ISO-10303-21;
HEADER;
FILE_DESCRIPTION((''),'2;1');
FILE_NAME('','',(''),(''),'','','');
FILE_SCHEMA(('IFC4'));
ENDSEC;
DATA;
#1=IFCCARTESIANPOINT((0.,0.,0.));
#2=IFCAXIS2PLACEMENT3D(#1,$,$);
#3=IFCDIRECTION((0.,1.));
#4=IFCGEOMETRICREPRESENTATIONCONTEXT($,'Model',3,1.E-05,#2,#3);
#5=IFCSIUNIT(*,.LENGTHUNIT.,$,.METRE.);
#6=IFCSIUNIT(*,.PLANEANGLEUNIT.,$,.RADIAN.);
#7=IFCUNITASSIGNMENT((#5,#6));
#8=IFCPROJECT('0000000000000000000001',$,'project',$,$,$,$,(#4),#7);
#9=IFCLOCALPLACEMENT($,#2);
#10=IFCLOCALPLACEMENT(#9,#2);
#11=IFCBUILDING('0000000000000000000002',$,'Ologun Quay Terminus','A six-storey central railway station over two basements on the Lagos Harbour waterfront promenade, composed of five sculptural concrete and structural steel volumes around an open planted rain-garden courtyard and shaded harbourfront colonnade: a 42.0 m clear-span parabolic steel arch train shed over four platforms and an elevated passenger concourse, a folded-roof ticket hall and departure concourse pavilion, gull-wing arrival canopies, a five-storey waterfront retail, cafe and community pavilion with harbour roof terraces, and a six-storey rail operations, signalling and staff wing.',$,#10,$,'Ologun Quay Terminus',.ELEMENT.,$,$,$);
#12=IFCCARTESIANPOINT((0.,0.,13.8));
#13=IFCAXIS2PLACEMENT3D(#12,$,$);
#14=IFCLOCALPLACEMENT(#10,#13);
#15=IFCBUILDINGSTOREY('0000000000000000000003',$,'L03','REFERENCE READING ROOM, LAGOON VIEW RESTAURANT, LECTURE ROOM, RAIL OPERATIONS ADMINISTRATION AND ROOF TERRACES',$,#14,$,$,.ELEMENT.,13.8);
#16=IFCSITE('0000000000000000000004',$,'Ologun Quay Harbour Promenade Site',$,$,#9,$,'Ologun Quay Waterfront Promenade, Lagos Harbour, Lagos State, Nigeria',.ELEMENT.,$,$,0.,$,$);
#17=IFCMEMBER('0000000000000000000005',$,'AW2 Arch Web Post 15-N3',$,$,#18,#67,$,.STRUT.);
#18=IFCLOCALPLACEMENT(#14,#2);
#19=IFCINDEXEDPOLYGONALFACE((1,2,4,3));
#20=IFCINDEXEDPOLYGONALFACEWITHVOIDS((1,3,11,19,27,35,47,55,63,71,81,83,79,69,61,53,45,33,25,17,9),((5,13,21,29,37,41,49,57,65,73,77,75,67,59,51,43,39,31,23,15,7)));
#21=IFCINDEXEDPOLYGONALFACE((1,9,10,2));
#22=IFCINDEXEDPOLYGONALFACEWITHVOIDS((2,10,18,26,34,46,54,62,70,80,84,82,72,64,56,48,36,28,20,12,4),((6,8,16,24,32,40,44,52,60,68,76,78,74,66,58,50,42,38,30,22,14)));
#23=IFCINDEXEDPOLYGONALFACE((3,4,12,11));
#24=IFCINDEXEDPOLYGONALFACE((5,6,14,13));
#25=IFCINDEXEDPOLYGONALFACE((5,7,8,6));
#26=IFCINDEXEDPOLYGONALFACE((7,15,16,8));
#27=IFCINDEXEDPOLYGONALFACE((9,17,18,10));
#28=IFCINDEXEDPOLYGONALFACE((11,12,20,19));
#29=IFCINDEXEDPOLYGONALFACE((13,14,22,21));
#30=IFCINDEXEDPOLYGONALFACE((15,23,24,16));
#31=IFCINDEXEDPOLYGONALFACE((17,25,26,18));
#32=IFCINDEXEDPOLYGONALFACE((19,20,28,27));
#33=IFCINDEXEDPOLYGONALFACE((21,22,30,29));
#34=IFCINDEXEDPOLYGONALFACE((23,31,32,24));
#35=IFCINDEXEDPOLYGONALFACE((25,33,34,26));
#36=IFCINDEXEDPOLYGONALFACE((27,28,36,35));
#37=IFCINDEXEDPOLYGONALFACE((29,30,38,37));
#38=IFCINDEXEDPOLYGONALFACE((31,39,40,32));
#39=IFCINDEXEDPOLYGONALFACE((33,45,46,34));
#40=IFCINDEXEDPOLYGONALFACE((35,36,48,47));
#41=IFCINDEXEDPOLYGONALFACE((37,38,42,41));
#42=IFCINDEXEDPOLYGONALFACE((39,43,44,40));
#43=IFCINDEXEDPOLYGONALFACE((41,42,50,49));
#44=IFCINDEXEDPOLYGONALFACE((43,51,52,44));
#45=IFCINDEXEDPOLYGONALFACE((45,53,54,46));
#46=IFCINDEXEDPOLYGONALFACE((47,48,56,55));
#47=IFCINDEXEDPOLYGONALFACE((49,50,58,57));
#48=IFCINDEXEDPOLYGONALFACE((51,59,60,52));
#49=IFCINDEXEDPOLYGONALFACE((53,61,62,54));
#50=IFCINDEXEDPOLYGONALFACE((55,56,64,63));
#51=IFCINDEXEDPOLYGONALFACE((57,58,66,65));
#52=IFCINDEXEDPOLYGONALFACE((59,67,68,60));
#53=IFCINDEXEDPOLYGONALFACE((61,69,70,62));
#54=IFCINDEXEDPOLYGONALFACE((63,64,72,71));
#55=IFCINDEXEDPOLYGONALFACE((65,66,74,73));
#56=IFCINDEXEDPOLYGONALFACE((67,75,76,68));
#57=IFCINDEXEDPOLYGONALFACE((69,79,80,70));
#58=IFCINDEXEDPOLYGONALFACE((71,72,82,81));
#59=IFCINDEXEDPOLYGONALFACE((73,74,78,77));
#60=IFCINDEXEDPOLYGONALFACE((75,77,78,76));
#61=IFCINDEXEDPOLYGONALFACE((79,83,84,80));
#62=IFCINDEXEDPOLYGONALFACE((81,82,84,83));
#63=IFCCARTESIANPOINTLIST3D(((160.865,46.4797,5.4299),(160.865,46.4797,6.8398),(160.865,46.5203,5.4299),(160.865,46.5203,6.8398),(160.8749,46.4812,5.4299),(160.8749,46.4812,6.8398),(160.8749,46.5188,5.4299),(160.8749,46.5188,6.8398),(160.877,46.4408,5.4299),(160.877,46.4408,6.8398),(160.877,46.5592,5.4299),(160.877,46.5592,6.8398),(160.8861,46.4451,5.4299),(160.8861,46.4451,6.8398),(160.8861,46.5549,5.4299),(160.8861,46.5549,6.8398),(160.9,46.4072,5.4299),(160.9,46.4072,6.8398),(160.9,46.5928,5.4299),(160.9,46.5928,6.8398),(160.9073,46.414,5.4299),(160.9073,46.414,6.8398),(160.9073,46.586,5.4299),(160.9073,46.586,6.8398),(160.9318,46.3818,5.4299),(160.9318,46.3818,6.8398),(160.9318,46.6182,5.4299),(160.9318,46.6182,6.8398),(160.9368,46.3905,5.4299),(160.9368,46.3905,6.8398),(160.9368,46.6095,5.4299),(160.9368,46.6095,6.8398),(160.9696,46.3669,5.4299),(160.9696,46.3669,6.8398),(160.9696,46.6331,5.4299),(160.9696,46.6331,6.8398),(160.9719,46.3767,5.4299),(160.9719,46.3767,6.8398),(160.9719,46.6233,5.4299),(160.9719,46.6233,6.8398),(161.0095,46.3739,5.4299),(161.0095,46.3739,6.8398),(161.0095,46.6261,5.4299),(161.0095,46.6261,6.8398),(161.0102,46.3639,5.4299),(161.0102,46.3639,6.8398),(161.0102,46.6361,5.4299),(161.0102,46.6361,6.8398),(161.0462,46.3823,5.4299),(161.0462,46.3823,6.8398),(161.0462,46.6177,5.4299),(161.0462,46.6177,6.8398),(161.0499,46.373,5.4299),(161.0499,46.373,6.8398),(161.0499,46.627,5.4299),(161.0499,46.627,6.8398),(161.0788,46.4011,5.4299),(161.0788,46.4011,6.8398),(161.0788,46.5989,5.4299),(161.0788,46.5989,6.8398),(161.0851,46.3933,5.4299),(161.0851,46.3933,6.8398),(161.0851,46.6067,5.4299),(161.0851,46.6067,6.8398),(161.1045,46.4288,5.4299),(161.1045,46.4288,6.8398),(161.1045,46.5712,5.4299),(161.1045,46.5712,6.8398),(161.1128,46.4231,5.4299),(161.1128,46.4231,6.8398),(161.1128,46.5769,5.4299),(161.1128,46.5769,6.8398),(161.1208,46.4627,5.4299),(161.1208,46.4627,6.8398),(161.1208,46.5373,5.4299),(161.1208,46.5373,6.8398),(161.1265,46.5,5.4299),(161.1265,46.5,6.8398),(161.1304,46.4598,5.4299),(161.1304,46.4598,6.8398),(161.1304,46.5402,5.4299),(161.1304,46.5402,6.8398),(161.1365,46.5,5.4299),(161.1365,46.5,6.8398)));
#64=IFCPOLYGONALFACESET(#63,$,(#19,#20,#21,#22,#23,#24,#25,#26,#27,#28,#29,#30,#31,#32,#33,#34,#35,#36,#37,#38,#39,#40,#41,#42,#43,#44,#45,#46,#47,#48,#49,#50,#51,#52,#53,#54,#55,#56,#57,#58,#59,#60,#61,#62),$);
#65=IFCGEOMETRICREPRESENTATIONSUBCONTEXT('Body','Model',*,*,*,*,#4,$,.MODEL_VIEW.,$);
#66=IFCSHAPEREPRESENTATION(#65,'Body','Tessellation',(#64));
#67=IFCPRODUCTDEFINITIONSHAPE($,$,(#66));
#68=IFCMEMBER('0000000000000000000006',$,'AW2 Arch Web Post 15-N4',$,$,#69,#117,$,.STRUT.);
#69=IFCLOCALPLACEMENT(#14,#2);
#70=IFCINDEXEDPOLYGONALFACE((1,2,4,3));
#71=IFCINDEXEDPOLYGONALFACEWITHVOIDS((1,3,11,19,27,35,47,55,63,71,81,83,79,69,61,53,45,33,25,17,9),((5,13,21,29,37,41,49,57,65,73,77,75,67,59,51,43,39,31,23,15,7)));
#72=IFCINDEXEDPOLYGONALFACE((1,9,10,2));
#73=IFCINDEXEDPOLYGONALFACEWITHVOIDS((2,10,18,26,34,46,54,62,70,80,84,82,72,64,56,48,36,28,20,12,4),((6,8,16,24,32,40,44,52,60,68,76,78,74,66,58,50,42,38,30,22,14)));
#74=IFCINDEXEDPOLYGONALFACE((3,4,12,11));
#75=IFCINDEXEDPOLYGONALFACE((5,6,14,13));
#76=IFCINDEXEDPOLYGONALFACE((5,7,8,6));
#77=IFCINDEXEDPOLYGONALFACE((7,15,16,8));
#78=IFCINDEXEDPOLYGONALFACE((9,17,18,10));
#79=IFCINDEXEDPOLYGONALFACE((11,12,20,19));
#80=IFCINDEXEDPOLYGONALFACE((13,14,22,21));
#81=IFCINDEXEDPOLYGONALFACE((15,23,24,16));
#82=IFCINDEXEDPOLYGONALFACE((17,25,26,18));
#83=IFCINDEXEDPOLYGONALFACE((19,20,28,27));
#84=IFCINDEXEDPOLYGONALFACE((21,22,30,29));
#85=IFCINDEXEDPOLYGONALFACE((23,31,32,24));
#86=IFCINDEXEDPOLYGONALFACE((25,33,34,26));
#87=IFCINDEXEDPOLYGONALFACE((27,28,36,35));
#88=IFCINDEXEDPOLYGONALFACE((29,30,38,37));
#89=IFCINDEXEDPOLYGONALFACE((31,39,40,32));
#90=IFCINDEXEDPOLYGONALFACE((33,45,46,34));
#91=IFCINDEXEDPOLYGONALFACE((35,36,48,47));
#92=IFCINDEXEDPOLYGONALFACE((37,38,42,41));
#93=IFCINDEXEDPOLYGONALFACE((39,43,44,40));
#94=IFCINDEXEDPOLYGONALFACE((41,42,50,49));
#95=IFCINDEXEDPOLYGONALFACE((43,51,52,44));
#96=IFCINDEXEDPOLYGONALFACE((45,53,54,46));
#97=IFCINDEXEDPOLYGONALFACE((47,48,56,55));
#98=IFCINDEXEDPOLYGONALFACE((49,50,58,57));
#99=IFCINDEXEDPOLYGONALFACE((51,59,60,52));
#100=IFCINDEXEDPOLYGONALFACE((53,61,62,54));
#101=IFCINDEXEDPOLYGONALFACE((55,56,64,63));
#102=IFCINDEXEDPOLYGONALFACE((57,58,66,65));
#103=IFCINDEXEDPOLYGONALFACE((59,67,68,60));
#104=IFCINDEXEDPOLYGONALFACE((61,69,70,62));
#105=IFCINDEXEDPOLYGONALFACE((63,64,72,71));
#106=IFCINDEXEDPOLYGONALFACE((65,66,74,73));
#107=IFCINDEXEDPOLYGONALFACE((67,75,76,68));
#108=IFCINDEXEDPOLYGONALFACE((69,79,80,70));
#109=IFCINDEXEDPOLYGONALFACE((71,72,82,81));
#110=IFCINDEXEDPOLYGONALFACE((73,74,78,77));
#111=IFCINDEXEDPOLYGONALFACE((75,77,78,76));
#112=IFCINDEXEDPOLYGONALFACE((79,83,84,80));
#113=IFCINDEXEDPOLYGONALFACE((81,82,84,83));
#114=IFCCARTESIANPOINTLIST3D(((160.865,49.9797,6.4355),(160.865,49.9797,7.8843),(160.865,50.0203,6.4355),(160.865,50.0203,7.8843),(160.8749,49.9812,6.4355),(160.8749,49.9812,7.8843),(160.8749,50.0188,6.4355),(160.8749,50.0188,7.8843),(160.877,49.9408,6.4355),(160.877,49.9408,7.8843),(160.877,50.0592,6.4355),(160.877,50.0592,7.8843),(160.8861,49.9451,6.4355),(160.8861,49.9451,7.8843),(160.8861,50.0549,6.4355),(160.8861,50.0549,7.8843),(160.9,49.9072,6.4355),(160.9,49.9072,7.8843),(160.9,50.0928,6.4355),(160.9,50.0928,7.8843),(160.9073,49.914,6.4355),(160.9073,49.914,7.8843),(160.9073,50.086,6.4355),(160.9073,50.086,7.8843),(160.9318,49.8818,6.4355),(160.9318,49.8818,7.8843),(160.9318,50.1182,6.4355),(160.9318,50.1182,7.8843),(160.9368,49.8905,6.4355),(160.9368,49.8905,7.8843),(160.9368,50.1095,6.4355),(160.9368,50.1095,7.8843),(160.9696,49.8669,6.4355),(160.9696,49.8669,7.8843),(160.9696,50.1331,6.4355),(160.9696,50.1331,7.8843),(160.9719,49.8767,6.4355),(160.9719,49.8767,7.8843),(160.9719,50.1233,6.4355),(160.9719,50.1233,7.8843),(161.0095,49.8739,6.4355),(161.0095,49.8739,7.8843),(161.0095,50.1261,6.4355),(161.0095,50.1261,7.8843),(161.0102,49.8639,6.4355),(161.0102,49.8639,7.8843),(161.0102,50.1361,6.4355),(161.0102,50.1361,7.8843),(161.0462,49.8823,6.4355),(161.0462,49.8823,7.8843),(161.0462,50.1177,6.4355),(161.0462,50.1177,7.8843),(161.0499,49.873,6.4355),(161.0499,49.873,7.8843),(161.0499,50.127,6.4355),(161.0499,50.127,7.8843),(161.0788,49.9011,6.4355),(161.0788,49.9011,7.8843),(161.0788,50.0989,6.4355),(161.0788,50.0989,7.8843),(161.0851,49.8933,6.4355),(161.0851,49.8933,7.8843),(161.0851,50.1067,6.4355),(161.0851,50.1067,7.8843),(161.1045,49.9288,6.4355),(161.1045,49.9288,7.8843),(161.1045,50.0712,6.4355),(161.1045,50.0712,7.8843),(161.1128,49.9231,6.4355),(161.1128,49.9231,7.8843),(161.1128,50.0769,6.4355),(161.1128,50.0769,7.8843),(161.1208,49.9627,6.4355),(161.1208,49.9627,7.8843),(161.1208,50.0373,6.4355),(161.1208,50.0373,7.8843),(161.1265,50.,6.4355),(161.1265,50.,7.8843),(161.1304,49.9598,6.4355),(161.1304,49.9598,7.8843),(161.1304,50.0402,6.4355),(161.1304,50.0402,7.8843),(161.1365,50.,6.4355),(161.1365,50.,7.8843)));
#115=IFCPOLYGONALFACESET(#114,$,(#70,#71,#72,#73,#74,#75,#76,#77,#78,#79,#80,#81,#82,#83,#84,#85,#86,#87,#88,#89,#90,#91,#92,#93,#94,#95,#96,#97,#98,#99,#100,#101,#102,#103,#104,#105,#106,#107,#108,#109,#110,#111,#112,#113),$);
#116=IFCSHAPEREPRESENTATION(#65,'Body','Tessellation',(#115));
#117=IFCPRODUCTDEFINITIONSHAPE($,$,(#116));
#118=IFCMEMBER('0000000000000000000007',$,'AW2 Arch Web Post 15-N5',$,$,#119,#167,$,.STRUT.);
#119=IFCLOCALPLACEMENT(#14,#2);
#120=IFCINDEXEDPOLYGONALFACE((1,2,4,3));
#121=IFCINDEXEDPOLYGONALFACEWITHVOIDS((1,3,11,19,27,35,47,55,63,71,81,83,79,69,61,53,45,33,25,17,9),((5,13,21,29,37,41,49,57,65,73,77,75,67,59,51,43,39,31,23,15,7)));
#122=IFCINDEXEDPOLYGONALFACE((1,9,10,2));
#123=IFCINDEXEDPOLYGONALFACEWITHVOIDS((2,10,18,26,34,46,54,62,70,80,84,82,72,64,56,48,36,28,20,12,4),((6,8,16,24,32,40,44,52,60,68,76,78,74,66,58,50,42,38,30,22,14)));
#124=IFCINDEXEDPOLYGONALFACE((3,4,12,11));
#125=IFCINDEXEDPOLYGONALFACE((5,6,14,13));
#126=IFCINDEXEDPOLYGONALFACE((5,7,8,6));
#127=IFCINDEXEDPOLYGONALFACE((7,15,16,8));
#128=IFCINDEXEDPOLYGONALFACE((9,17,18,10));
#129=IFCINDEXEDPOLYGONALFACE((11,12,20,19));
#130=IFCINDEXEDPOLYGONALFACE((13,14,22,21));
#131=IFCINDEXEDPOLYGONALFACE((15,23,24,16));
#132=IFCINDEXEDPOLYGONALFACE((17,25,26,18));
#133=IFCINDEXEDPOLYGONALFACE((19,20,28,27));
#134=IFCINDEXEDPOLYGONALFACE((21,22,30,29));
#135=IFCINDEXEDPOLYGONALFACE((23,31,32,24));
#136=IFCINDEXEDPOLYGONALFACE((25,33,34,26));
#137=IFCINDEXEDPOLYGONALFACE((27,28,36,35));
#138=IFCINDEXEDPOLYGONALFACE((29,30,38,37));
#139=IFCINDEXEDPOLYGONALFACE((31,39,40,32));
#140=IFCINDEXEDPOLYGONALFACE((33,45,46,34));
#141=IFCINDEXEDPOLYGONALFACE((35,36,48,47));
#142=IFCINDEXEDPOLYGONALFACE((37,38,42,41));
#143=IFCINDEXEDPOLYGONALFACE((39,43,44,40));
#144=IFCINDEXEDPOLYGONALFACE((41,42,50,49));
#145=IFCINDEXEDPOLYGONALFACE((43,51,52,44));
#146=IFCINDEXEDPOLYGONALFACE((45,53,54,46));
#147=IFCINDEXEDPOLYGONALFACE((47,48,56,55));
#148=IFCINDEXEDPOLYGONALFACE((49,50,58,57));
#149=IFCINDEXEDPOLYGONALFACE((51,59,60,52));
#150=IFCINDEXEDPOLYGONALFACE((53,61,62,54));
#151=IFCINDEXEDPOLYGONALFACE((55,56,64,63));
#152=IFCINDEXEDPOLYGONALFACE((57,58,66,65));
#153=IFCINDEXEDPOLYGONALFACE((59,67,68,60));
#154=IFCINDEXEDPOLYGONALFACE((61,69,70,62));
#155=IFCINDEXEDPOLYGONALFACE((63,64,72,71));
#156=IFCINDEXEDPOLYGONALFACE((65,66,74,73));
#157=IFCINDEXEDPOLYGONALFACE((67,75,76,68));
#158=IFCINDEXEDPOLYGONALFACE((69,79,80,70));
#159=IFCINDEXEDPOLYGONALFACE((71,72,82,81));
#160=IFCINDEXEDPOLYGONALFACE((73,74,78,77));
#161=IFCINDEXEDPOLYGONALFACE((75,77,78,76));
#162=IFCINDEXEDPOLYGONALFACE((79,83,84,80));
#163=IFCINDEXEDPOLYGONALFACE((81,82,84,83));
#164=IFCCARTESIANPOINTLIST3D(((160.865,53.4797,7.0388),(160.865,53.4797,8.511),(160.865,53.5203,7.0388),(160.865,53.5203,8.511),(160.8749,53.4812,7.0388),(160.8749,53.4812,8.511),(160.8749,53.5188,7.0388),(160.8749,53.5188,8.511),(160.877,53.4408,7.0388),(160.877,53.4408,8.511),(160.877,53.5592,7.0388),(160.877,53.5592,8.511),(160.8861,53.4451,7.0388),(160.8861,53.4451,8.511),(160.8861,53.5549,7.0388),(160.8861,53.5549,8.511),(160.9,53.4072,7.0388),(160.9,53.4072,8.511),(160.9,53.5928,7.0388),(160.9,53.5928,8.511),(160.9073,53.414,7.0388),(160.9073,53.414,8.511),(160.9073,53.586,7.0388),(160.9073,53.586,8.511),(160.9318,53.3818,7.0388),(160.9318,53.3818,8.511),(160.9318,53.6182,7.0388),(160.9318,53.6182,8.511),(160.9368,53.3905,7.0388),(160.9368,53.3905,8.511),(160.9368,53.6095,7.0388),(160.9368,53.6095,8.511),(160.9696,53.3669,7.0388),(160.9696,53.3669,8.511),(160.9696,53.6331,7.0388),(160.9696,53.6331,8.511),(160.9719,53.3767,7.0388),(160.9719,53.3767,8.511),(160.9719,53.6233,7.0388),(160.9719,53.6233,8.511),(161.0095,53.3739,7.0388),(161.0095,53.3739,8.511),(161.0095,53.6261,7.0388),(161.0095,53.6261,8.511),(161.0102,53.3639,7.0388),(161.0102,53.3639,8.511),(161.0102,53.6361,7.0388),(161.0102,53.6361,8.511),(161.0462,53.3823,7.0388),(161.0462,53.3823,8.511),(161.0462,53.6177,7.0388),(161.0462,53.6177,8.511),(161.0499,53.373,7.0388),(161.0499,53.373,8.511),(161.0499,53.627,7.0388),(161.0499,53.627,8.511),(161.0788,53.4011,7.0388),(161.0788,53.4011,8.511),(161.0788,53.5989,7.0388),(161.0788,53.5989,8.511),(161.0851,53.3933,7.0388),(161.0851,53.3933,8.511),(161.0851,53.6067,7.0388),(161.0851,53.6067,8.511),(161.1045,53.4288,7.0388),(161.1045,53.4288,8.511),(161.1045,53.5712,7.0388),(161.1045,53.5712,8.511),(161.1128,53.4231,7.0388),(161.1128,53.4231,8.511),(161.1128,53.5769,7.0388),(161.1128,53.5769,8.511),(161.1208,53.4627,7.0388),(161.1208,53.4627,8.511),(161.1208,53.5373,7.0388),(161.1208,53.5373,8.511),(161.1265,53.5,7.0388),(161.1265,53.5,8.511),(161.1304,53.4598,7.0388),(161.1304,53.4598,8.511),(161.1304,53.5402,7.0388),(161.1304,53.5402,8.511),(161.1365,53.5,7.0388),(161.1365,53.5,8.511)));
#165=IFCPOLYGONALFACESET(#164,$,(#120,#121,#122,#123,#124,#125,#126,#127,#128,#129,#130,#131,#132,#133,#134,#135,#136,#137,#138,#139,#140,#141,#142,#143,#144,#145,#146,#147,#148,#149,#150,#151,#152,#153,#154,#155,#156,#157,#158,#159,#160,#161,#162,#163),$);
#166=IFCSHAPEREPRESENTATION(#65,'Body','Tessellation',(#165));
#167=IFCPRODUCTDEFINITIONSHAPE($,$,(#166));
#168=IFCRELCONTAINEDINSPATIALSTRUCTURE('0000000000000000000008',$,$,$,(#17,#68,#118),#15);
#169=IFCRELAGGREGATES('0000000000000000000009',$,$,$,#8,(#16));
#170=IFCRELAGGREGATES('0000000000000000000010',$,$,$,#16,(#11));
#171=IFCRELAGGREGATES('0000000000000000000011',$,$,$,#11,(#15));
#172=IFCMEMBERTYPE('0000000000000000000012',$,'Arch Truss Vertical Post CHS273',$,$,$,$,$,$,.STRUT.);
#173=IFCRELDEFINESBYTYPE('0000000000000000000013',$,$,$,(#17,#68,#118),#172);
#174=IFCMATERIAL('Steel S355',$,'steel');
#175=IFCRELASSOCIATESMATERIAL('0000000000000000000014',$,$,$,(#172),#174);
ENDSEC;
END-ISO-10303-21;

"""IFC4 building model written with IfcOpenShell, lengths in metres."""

from ifc_helpers import new_model, si_unit, direction, frame, origin, origin_2d, place, context, subcontext, project, spatial, hollow_circle, extrude, material, material_profile, profile_set, type_object, element, save


model = new_model("IFC4")

# Units and contexts
model_context = context("Model", 3, precision=1e-05, world=origin(), true_north=direction((0.0, 1.0)))
body_context = subcontext(model_context, "Body", "Model", "MODEL_VIEW")
ifc_project = project(units=[si_unit("LENGTHUNIT", "METRE"), si_unit("PLANEANGLEUNIT", "RADIAN")], contexts=[model_context])

# Site, building, storey
site_placement = place(None, origin())
site = spatial("IfcSite", under=ifc_project, at=site_placement, Name="Ologun Quay Harbour Promenade Site", LongName="Ologun Quay Waterfront Promenade, Lagos Harbour, Lagos State, Nigeria", CompositionType="ELEMENT", RefElevation=0.0)
building_placement = place(site_placement, origin())
building = spatial("IfcBuilding", under=site, at=building_placement, Name="Ologun Quay Terminus", Description="A six-storey central railway station over two basements on the Lagos Harbour waterfront promenade, composed of five sculptural concrete and structural steel volumes around an open planted rain-garden courtyard and shaded harbourfront colonnade: a 42.0 m clear-span parabolic steel arch train shed over four platforms and an elevated passenger concourse, a folded-roof ticket hall and departure concourse pavilion, gull-wing arrival canopies, a five-storey waterfront retail, cafe and community pavilion with harbour roof terraces, and a six-storey rail operations, signalling and staff wing.", LongName="Ologun Quay Terminus", CompositionType="ELEMENT")
storey_placement = place(building_placement, frame((0.0, 0.0, 13.8)))
storey = spatial("IfcBuildingStorey", under=building, at=storey_placement, Name="L03", Description="REFERENCE READING ROOM, LAGOON VIEW RESTAURANT, LECTURE ROOM, RAIL OPERATIONS ADMINISTRATION AND ROOF TERRACES", CompositionType="ELEMENT", Elevation=13.8)

# Members
ifc_material_1 = material(Name="Steel S355", Category="steel")
ifc_material_profile_1 = material_profile(ifc_material_1, hollow_circle(Radius=0.1365, WallThickness=0.01, at=origin_2d()), Name="CHS 273x10")
ifc_profile_set_1 = profile_set([ifc_material_profile_1], Name="Steel S355")
member_type_1 = type_object("IfcMemberType", Name="Arch Truss Vertical Post CHS273", PredefinedType="STRUT", material=ifc_profile_set_1)
member_1_placement = place(storey_placement, frame((161.0, 46.5, 5.4299), z_axis=(0.0, 0.0, 1.0), x_axis=(1.0, 0.0, 0.0)))
element("IfcMember", 1, at=member_1_placement, inside=storey, type_object=member_type_1, Name="AW2 Arch Web Post 15-N3", PredefinedType="STRUT", context=body_context, shape_type="SweptSolid", body=[
    extrude(hollow_circle(Radius=0.1365, WallThickness=0.01, at=origin_2d()), origin(), (0.0, 0.0, 1.0), 1.4099),
])
member_2_placement = place(storey_placement, frame((161.0, 50.0, 6.4355), z_axis=(0.0, 0.0, 1.0), x_axis=(1.0, 0.0, 0.0)))
element("IfcMember", 2, at=member_2_placement, inside=storey, type_object=member_type_1, Name="AW2 Arch Web Post 15-N4", PredefinedType="STRUT", context=body_context, shape_type="SweptSolid", body=[
    extrude(hollow_circle(Radius=0.1365, WallThickness=0.01, at=origin_2d()), origin(), (0.0, 0.0, 1.0), 1.4487),
])
member_3_placement = place(storey_placement, frame((161.0, 53.5, 7.0388), z_axis=(0.0, 0.0, 1.0), x_axis=(1.0, 0.0, 0.0)))
element("IfcMember", 3, at=member_3_placement, inside=storey, type_object=member_type_1, Name="AW2 Arch Web Post 15-N5", PredefinedType="STRUT", context=body_context, shape_type="SweptSolid", body=[
    extrude(hollow_circle(Radius=0.1365, WallThickness=0.01, at=origin_2d()), origin(), (0.0, 0.0, 1.0), 1.4722),
])

save(model, "model.ifc")
